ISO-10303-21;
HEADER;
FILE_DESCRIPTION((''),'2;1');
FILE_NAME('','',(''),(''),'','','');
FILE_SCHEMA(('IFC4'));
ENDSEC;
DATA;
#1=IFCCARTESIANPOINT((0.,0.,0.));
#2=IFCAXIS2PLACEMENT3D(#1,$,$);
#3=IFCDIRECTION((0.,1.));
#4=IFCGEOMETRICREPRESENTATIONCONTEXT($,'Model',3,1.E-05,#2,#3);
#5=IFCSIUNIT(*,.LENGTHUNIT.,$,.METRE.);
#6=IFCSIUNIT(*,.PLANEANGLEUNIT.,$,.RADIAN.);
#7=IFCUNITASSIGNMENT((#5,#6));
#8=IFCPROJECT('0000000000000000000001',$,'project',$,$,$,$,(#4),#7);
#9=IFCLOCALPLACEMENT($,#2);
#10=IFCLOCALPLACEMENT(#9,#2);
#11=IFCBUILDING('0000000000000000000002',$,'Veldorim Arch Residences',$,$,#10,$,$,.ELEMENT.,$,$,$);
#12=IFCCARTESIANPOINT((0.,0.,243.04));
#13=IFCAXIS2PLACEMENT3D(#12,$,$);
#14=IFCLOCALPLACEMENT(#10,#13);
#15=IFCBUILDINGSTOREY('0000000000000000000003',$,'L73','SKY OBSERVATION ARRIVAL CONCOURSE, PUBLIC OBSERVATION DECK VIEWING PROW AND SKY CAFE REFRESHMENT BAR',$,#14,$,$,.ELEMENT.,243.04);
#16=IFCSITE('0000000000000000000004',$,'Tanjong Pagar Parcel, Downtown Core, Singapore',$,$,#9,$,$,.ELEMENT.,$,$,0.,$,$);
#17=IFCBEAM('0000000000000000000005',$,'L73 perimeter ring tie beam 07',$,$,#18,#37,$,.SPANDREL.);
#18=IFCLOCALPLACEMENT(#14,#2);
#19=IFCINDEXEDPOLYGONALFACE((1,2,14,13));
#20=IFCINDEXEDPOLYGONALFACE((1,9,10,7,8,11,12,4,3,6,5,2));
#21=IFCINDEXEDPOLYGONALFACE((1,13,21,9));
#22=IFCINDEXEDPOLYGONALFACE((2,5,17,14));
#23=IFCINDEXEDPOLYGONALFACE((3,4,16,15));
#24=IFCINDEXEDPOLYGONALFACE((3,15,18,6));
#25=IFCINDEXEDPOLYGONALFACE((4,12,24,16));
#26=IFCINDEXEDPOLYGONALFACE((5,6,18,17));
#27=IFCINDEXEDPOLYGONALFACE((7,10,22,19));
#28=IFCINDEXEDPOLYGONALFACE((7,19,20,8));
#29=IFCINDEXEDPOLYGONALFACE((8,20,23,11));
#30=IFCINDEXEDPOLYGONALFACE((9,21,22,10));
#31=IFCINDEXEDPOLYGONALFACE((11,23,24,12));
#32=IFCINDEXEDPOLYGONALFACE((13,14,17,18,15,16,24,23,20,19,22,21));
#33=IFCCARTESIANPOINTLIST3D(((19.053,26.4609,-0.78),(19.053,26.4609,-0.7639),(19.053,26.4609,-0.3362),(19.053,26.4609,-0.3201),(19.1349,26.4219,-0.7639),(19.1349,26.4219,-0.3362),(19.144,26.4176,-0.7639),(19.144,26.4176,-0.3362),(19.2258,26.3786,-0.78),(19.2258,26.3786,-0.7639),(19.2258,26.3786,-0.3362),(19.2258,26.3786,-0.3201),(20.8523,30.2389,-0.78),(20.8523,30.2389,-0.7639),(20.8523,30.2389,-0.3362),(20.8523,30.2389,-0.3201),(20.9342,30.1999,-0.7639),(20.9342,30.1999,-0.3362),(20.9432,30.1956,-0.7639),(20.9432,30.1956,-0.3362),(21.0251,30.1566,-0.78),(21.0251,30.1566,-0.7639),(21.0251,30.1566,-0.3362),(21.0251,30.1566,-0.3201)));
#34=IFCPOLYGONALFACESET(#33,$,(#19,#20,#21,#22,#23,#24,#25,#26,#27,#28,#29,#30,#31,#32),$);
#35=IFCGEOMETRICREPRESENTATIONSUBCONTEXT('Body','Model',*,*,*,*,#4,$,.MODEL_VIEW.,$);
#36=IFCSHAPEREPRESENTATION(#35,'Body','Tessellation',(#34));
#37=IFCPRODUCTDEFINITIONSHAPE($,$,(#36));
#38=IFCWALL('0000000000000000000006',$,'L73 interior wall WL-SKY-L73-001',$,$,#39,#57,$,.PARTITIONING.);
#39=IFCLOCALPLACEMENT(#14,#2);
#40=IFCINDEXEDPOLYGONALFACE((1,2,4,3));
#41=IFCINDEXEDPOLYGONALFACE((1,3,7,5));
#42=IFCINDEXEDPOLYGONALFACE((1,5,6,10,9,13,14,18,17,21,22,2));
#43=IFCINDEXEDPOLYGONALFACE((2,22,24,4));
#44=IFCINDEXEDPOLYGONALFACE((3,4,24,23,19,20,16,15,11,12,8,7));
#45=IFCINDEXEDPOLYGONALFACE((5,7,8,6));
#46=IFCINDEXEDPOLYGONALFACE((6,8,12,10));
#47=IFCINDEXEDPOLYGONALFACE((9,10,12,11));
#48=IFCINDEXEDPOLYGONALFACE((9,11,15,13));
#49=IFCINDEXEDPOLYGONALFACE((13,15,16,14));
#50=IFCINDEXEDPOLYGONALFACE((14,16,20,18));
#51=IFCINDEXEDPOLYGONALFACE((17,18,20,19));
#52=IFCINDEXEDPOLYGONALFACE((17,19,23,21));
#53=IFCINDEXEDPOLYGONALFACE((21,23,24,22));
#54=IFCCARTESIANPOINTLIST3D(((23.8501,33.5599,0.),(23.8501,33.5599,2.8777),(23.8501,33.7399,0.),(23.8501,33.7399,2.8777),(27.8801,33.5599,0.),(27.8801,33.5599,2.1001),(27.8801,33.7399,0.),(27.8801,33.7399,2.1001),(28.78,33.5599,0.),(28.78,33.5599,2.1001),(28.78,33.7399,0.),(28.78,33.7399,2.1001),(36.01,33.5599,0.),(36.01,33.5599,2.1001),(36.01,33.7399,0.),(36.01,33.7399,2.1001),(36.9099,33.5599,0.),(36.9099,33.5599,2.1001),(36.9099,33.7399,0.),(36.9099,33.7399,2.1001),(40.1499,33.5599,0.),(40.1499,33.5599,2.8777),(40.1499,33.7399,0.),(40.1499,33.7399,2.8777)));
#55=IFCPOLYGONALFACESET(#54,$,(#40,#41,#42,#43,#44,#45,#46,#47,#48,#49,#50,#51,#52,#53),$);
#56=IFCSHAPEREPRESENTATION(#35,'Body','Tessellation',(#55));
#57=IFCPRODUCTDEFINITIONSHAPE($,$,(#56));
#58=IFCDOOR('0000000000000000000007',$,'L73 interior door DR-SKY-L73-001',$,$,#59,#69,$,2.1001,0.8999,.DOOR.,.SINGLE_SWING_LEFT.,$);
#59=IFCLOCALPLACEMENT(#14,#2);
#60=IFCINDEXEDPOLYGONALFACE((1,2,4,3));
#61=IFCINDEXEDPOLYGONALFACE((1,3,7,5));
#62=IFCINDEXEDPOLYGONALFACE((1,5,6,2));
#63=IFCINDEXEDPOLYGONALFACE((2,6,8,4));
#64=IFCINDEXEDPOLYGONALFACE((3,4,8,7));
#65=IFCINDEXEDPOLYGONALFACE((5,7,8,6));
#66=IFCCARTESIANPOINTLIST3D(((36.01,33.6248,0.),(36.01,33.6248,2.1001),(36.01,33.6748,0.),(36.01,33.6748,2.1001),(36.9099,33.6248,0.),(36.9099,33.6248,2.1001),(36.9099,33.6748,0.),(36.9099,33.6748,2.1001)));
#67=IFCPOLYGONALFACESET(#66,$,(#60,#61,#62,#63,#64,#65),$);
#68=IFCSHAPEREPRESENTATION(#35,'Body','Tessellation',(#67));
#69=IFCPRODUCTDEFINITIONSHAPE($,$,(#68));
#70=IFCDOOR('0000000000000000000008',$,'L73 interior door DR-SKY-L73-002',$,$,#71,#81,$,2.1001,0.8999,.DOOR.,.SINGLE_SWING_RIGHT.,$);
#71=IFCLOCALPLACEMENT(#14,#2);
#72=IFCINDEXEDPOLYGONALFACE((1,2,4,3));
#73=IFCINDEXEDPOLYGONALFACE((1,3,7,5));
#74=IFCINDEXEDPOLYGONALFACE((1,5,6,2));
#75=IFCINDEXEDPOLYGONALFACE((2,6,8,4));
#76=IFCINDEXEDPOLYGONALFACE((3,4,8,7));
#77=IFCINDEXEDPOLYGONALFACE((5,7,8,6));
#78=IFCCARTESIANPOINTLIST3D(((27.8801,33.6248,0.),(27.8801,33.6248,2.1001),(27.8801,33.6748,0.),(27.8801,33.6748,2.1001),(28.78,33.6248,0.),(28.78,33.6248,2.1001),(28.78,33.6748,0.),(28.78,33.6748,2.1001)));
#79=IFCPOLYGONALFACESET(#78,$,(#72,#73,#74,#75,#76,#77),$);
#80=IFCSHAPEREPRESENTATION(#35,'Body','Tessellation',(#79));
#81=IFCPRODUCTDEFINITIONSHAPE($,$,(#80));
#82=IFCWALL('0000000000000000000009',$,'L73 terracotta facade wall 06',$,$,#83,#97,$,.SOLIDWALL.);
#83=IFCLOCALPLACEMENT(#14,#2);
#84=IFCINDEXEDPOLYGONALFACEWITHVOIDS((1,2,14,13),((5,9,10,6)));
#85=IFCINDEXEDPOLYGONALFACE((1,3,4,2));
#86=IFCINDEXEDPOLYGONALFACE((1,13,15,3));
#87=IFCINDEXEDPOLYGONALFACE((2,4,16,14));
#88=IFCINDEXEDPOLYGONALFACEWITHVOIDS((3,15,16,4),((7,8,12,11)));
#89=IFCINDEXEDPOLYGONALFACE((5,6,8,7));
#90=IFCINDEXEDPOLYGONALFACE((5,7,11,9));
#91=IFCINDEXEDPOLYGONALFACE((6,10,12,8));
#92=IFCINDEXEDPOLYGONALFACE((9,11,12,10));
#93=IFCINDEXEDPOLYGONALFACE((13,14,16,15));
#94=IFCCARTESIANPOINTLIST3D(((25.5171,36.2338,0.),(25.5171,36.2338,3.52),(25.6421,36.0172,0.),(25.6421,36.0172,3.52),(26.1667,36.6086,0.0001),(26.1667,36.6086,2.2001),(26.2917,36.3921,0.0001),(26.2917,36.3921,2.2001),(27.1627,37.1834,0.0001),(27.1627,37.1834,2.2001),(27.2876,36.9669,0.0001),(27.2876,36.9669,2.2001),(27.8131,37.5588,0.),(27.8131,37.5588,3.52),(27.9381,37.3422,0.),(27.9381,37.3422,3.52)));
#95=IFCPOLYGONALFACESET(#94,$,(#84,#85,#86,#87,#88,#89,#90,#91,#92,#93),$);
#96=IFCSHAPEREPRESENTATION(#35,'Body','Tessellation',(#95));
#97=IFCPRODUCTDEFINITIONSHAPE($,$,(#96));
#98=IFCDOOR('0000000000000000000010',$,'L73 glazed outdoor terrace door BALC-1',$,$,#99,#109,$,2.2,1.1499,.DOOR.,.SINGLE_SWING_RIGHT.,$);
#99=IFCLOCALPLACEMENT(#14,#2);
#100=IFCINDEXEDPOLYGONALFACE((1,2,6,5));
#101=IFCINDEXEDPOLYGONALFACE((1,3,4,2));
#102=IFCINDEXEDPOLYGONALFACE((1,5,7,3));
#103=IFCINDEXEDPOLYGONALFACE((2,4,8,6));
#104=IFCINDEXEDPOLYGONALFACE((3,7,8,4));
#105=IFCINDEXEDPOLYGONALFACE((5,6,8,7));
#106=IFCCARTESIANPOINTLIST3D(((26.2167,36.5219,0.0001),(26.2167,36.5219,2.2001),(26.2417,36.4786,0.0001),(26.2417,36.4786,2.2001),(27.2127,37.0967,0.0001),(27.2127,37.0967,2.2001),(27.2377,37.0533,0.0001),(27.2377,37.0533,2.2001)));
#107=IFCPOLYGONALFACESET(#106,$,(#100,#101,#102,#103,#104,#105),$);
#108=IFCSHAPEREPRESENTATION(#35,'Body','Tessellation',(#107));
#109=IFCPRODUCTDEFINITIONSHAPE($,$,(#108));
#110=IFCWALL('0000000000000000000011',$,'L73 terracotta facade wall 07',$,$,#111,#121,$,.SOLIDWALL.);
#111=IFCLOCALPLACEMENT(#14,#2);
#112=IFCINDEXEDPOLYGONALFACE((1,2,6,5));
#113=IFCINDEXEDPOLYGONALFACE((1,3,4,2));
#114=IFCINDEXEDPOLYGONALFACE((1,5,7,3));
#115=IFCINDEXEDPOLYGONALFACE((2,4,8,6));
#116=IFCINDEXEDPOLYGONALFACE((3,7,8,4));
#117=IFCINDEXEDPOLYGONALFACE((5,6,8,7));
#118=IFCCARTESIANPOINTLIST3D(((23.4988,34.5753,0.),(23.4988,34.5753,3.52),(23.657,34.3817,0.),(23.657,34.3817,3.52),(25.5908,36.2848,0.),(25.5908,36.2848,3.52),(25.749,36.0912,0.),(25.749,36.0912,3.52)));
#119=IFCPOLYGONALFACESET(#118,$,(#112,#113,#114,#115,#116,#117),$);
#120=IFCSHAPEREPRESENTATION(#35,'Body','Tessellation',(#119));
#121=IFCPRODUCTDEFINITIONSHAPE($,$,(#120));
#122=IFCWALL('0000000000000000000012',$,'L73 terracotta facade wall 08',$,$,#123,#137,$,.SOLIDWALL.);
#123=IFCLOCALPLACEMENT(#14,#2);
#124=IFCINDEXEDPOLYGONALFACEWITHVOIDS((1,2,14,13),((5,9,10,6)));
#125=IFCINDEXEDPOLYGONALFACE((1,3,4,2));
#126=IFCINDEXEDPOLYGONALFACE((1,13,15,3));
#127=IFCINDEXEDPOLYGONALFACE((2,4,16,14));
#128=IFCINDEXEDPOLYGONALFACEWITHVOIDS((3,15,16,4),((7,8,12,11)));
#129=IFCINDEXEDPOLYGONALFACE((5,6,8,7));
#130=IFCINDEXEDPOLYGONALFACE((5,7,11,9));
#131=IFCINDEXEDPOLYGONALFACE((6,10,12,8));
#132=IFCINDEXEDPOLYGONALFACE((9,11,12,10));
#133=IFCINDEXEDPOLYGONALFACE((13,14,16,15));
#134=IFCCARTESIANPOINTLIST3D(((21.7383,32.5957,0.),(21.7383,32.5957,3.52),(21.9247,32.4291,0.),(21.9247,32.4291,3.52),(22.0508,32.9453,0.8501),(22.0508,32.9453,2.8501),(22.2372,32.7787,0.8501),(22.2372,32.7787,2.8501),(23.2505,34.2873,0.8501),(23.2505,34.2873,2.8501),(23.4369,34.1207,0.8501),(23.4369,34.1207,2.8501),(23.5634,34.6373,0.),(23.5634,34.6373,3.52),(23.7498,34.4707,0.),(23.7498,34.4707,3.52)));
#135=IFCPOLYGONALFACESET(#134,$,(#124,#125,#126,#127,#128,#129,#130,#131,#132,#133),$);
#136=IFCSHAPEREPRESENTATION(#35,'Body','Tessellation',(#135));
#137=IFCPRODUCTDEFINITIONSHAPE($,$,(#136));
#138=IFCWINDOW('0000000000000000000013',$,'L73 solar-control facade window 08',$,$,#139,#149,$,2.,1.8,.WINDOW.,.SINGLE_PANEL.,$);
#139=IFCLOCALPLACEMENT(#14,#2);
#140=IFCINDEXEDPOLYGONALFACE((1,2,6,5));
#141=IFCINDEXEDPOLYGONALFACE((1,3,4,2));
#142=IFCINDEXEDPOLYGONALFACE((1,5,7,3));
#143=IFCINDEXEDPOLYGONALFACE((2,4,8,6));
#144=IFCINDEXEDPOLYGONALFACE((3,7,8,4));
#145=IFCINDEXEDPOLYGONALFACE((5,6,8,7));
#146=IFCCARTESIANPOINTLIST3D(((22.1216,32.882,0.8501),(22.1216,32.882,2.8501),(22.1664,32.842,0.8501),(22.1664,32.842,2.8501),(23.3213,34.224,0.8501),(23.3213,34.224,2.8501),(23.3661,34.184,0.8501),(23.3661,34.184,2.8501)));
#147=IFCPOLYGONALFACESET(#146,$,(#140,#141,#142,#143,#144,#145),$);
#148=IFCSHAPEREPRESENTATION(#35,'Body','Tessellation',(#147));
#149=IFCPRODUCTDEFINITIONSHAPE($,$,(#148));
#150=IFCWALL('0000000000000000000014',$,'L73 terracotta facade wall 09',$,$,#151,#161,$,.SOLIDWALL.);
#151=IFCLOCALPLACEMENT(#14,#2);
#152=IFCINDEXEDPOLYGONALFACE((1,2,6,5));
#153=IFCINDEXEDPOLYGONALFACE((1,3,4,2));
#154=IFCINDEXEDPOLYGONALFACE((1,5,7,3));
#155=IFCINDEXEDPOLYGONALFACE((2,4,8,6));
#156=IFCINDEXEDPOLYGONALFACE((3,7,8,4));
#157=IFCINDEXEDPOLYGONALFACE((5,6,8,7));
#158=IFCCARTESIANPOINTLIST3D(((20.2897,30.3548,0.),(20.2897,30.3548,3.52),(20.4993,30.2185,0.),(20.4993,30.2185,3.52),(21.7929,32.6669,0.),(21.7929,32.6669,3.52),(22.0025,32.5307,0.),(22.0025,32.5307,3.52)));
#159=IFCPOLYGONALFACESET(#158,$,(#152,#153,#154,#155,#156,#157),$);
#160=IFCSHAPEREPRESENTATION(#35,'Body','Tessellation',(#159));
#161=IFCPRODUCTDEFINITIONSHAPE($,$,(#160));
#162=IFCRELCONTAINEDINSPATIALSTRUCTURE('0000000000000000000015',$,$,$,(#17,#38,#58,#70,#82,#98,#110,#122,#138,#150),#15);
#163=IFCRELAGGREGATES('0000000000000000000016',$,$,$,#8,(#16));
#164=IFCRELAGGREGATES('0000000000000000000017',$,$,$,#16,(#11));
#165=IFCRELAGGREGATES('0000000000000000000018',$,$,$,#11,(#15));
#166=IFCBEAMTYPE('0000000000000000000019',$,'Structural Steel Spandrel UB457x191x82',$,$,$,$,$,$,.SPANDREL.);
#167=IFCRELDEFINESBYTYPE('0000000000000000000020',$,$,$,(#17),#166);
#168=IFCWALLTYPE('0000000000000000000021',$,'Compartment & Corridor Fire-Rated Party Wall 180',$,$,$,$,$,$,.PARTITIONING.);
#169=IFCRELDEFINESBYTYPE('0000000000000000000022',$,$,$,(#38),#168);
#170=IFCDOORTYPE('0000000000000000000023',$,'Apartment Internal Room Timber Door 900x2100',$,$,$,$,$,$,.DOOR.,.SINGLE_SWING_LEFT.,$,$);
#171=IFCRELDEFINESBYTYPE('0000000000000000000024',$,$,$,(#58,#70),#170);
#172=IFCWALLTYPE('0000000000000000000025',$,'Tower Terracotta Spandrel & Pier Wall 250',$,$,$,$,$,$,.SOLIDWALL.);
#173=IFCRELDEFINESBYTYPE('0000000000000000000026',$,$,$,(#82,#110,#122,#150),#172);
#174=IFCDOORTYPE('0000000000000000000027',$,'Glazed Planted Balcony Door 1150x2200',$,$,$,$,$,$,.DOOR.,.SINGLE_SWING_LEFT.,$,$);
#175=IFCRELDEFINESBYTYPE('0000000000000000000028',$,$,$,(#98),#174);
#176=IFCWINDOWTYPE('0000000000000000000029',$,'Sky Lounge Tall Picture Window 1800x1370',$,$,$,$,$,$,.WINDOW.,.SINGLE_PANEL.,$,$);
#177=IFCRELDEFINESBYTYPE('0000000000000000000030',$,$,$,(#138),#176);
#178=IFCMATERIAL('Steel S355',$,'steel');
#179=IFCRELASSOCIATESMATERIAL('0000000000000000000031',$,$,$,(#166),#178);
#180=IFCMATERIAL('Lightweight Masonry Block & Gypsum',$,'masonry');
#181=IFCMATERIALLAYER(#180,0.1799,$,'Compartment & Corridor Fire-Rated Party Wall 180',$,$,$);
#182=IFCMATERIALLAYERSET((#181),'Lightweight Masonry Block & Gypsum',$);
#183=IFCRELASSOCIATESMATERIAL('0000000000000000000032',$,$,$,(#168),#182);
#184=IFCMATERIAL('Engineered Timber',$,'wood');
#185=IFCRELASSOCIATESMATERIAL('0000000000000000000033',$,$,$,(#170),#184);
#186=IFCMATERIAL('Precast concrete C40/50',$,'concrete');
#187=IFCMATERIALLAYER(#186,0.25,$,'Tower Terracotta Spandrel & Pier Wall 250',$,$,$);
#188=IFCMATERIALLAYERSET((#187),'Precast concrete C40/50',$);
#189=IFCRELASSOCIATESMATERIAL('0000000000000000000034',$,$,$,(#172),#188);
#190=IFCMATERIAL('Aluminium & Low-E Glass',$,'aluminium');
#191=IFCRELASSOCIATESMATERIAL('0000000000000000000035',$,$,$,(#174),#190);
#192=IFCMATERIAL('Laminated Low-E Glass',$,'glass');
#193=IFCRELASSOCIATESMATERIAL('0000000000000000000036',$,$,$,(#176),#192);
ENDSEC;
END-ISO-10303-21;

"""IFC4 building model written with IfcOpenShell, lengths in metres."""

from ifc_helpers import new_model, si_unit, direction, frame, frame_2d, origin, origin_2d, place, context, subcontext, project, spatial, rectangle, i_section, extrude, material, layer, layer_set, material_profile, profile_set, type_object, element, fill, save


model = new_model("IFC4")

# Units and contexts
model_context = context("Model", 3, precision=1e-05, world=origin(), true_north=direction((0.0, 1.0)))
body_context = subcontext(model_context, "Body", "Model", "MODEL_VIEW")
ifc_project = project(units=[si_unit("LENGTHUNIT", "METRE"), si_unit("PLANEANGLEUNIT", "RADIAN")], contexts=[model_context])

# Site, building, storey
site_placement = place(None, origin())
site = spatial("IfcSite", under=ifc_project, at=site_placement, Name="Tanjong Pagar Parcel, Downtown Core, Singapore", CompositionType="ELEMENT", RefElevation=0.0)
building_placement = place(site_placement, origin())
building = spatial("IfcBuilding", under=site, at=building_placement, Name="Veldorim Arch Residences", CompositionType="ELEMENT")
storey_placement = place(building_placement, frame((0.0, 0.0, 243.04)))
storey = spatial("IfcBuildingStorey", under=building, at=storey_placement, Name="L73", Description="SKY OBSERVATION ARRIVAL CONCOURSE, PUBLIC OBSERVATION DECK VIEWING PROW AND SKY CAFE REFRESHMENT BAR", CompositionType="ELEMENT", Elevation=243.04)

# Beam
ifc_material_1 = material(Name="Steel S355", Category="steel")
ifc_material_profile_1 = material_profile(ifc_material_1, i_section(OverallWidth=0.1914, OverallDepth=0.46, WebThickness=0.01, FlangeThickness=0.0161, at=origin_2d()), Name="UB457x191x82")
ifc_profile_set_1 = profile_set([ifc_material_profile_1], Name="Steel S355")
beam_type_1 = type_object("IfcBeamType", Name="Structural Steel Spandrel UB457x191x82", PredefinedType="SPANDREL", material=ifc_profile_set_1)
beam_1_placement = place(storey_placement, frame((20.9387, 30.1978, -0.55), z_axis=(-0.429979, -0.902839, 0.0), x_axis=(0.902839, -0.429979, 0.0)))
element("IfcBeam", 1, at=beam_1_placement, inside=storey, type_object=beam_type_1, Name="L73 perimeter ring tie beam 07", PredefinedType="SPANDREL", context=body_context, shape_type="SweptSolid", body=[
    extrude(i_section(OverallWidth=0.1914, OverallDepth=0.46, WebThickness=0.01, FlangeThickness=0.0161, at=origin_2d()), origin(), (0.0, 0.0, 1.0), 4.1846),
])

# Wall, openings, doors
ifc_material_2 = material(Name="Lightweight Masonry Block & Gypsum", Category="masonry")
ifc_layer_1 = layer(ifc_material_2, 0.1799, Name="Compartment & Corridor Fire-Rated Party Wall 180")
ifc_layer_set_1 = layer_set([ifc_layer_1], Name="Lightweight Masonry Block & Gypsum")
wall_type_1 = type_object("IfcWallType", Name="Compartment & Corridor Fire-Rated Party Wall 180", PredefinedType="PARTITIONING", material=ifc_layer_set_1)
wall_1_placement = place(storey_placement, frame((23.8501, 33.6499, 0.0), z_axis=(0.0, 0.0, 1.0), x_axis=(1.0, 0.0, 0.0)))
wall_1 = element("IfcWall", 2, at=wall_1_placement, inside=storey, type_object=wall_type_1, Name="L73 interior wall WL-SKY-L73-001", PredefinedType="PARTITIONING", context=body_context, shape_type="SweptSolid", body=[
    extrude(rectangle(XDim=16.2998, YDim=0.1799, at=frame_2d((8.1499, 0.0))), origin(), (0.0, 0.0, 1.0), 2.8777),
])
opening_1_placement = place(wall_1_placement, frame((12.1599, 0.0, 0.0)))
opening_1 = element("IfcOpeningElement", 3, at=opening_1_placement, cuts=wall_1, PredefinedType="OPENING", context=body_context, shape_type="SweptSolid", body=[
    extrude(rectangle(XDim=0.8999, YDim=2.1001, at=frame_2d((0.45, 1.05))), frame((0.0, 0.0999, 0.0), z_axis=(0.0, -1.0, 0.0), x_axis=(1.0, 0.0, 0.0)), (0.0, 0.0, 1.0), 0.2),
])
opening_2_placement = place(wall_1_placement, frame((4.03, 0.0, 0.0)))
opening_2 = element("IfcOpeningElement", 4, at=opening_2_placement, cuts=wall_1, PredefinedType="OPENING", context=body_context, shape_type="SweptSolid", body=[
    extrude(rectangle(XDim=0.8999, YDim=2.1001, at=frame_2d((0.45, 1.05))), frame((0.0, 0.0999, 0.0), z_axis=(0.0, -1.0, 0.0), x_axis=(1.0, 0.0, 0.0)), (0.0, 0.0, 1.0), 0.2),
])
ifc_material_3 = material(Name="Engineered Timber", Category="wood")
door_type_1 = type_object("IfcDoorType", Name="Apartment Internal Room Timber Door 900x2100", OperationType="SINGLE_SWING_LEFT", PredefinedType="DOOR", material=ifc_material_3)
door_1_placement = place(opening_1_placement, origin())
door_1 = element("IfcDoor", 5, at=door_1_placement, inside=storey, type_object=door_type_1, Name="L73 interior door DR-SKY-L73-001", OperationType="SINGLE_SWING_LEFT", OverallHeight=2.1001, OverallWidth=0.8999, PredefinedType="DOOR", context=body_context, shape_type="SweptSolid", body=[
    extrude(rectangle(XDim=0.8999, YDim=2.1001, at=frame_2d((0.45, 1.05))), frame((0.0, 0.0249, 0.0), z_axis=(0.0, -1.0, 0.0), x_axis=(1.0, 0.0, 0.0)), (0.0, 0.0, 1.0), 0.05),
])
fill(opening_1, door_1)
door_2_placement = place(opening_2_placement, origin())
door_2 = element("IfcDoor", 6, at=door_2_placement, inside=storey, type_object=door_type_1, Name="L73 interior door DR-SKY-L73-002", OperationType="SINGLE_SWING_RIGHT", OverallHeight=2.1001, OverallWidth=0.8999, PredefinedType="DOOR", context=body_context, shape_type="SweptSolid", body=[
    extrude(rectangle(XDim=0.8999, YDim=2.1001, at=frame_2d((0.45, 1.05))), frame((0.0, 0.0249, 0.0), z_axis=(0.0, -1.0, 0.0), x_axis=(1.0, 0.0, 0.0)), (0.0, 0.0, 1.0), 0.05),
])
fill(opening_2, door_2)

# Wall, opening, door
ifc_material_4 = material(Name="Precast concrete C40/50", Category="concrete")
ifc_layer_2 = layer(ifc_material_4, 0.25, Name="Tower Terracotta Spandrel & Pier Wall 250")
ifc_layer_set_2 = layer_set([ifc_layer_2], Name="Precast concrete C40/50")
wall_type_2 = type_object("IfcWallType", Name="Tower Terracotta Spandrel & Pier Wall 250", PredefinedType="SOLIDWALL", material=ifc_layer_set_2)
wall_2_placement = place(storey_placement, frame((25.5796, 36.1255, 0.0), z_axis=(0.0, 0.0, 1.0), x_axis=(0.866121, 0.499834, 0.0)))
wall_2 = element("IfcWall", 7, at=wall_2_placement, inside=storey, type_object=wall_type_2, Name="L73 terracotta facade wall 06", PredefinedType="SOLIDWALL", context=body_context, shape_type="SweptSolid", body=[
    extrude(rectangle(XDim=2.6509, YDim=0.25, at=frame_2d((1.3254, 0.0))), origin(), (0.0, 0.0, 1.0), 3.52),
])
opening_3_placement = place(wall_2_placement, frame((0.75, 0.0, 0.0)))
opening_3 = element("IfcOpeningElement", 8, at=opening_3_placement, cuts=wall_2, PredefinedType="OPENING", context=body_context, shape_type="SweptSolid", body=[
    extrude(rectangle(XDim=1.1499, YDim=2.2, at=frame_2d((0.575, 1.1001))), frame((0.0, 0.135, 0.0), z_axis=(0.0, -1.0, 0.0), x_axis=(1.0, 0.0, 0.0)), (0.0, 0.0, 1.0), 0.27),
])
ifc_material_5 = material(Name="Aluminium & Low-E Glass", Category="aluminium")
door_type_2 = type_object("IfcDoorType", Name="Glazed Planted Balcony Door 1150x2200", OperationType="SINGLE_SWING_LEFT", PredefinedType="DOOR", material=ifc_material_5)
door_3_placement = place(opening_3_placement, origin())
door_3 = element("IfcDoor", 9, at=door_3_placement, inside=storey, type_object=door_type_2, Name="L73 glazed outdoor terrace door BALC-1", OperationType="SINGLE_SWING_RIGHT", OverallHeight=2.2, OverallWidth=1.1499, PredefinedType="DOOR", context=body_context, shape_type="SweptSolid", body=[
    extrude(rectangle(XDim=1.1499, YDim=2.2, at=frame_2d((0.575, 1.1001))), frame((0.0, 0.0249, 0.0), z_axis=(0.0, -1.0, 0.0), x_axis=(1.0, 0.0, 0.0)), (0.0, 0.0, 1.0), 0.05),
])
fill(opening_3, door_3)

# Wall
wall_3_placement = place(storey_placement, frame((23.5779, 34.4785, 0.0), z_axis=(0.0, 0.0, 1.0), x_axis=(0.774356, 0.63275, 0.0)))
element("IfcWall", 10, at=wall_3_placement, inside=storey, type_object=wall_type_2, Name="L73 terracotta facade wall 07", PredefinedType="SOLIDWALL", context=body_context, shape_type="SweptSolid", body=[
    extrude(rectangle(XDim=2.7017, YDim=0.25, at=frame_2d((1.3508, 0.0))), origin(), (0.0, 0.0, 1.0), 3.52),
])

# Wall, opening, window
wall_4_placement = place(storey_placement, frame((21.8315, 32.5125, 0.0), z_axis=(0.0, 0.0, 1.0), x_axis=(0.666464, 0.745537, 0.0)))
wall_4 = element("IfcWall", 11, at=wall_4_placement, inside=storey, type_object=wall_type_2, Name="L73 terracotta facade wall 08", PredefinedType="SOLIDWALL", context=body_context, shape_type="SweptSolid", body=[
    extrude(rectangle(XDim=2.7385, YDim=0.25, at=frame_2d((1.3691, 0.0))), origin(), (0.0, 0.0, 1.0), 3.52),
])
opening_4_placement = place(wall_4_placement, frame((0.469, 0.0, 0.8501)))
opening_4 = element("IfcOpeningElement", 12, at=opening_4_placement, cuts=wall_4, PredefinedType="OPENING", context=body_context, shape_type="SweptSolid", body=[
    extrude(rectangle(XDim=1.8, YDim=2.0, at=frame_2d((0.8999, 1.0))), frame((0.0, 0.135, 0.0), z_axis=(0.0, -1.0, 0.0), x_axis=(1.0, 0.0, 0.0)), (0.0, 0.0, 1.0), 0.27),
])
ifc_material_6 = material(Name="Laminated Low-E Glass", Category="glass")
window_type = type_object("IfcWindowType", Name="Sky Lounge Tall Picture Window 1800x1370", PartitioningType="SINGLE_PANEL", PredefinedType="WINDOW", material=ifc_material_6)
window_placement = place(opening_4_placement, origin())
window = element("IfcWindow", 13, at=window_placement, inside=storey, type_object=window_type, Name="L73 solar-control facade window 08", OverallHeight=2.0, OverallWidth=1.8, PartitioningType="SINGLE_PANEL", PredefinedType="WINDOW", context=body_context, shape_type="SweptSolid", body=[
    extrude(rectangle(XDim=1.8, YDim=2.0, at=frame_2d((0.8999, 1.0))), frame((0.0, 0.03, 0.0), z_axis=(0.0, -1.0, 0.0), x_axis=(1.0, 0.0, 0.0)), (0.0, 0.0, 1.0), 0.0601),
])
fill(opening_4, window)

# Wall
wall_5_placement = place(storey_placement, frame((20.3945, 30.2866, 0.0), z_axis=(0.0, 0.0, 1.0), x_axis=(0.545041, 0.838409, 0.0)))
element("IfcWall", 14, at=wall_5_placement, inside=storey, type_object=wall_type_2, Name="L73 terracotta facade wall 09", PredefinedType="SOLIDWALL", context=body_context, shape_type="SweptSolid", body=[
    extrude(rectangle(XDim=2.7578, YDim=0.25, at=frame_2d((1.3789, 0.0))), origin(), (0.0, 0.0, 1.0), 3.52),
])

save(model, "model.ifc")
